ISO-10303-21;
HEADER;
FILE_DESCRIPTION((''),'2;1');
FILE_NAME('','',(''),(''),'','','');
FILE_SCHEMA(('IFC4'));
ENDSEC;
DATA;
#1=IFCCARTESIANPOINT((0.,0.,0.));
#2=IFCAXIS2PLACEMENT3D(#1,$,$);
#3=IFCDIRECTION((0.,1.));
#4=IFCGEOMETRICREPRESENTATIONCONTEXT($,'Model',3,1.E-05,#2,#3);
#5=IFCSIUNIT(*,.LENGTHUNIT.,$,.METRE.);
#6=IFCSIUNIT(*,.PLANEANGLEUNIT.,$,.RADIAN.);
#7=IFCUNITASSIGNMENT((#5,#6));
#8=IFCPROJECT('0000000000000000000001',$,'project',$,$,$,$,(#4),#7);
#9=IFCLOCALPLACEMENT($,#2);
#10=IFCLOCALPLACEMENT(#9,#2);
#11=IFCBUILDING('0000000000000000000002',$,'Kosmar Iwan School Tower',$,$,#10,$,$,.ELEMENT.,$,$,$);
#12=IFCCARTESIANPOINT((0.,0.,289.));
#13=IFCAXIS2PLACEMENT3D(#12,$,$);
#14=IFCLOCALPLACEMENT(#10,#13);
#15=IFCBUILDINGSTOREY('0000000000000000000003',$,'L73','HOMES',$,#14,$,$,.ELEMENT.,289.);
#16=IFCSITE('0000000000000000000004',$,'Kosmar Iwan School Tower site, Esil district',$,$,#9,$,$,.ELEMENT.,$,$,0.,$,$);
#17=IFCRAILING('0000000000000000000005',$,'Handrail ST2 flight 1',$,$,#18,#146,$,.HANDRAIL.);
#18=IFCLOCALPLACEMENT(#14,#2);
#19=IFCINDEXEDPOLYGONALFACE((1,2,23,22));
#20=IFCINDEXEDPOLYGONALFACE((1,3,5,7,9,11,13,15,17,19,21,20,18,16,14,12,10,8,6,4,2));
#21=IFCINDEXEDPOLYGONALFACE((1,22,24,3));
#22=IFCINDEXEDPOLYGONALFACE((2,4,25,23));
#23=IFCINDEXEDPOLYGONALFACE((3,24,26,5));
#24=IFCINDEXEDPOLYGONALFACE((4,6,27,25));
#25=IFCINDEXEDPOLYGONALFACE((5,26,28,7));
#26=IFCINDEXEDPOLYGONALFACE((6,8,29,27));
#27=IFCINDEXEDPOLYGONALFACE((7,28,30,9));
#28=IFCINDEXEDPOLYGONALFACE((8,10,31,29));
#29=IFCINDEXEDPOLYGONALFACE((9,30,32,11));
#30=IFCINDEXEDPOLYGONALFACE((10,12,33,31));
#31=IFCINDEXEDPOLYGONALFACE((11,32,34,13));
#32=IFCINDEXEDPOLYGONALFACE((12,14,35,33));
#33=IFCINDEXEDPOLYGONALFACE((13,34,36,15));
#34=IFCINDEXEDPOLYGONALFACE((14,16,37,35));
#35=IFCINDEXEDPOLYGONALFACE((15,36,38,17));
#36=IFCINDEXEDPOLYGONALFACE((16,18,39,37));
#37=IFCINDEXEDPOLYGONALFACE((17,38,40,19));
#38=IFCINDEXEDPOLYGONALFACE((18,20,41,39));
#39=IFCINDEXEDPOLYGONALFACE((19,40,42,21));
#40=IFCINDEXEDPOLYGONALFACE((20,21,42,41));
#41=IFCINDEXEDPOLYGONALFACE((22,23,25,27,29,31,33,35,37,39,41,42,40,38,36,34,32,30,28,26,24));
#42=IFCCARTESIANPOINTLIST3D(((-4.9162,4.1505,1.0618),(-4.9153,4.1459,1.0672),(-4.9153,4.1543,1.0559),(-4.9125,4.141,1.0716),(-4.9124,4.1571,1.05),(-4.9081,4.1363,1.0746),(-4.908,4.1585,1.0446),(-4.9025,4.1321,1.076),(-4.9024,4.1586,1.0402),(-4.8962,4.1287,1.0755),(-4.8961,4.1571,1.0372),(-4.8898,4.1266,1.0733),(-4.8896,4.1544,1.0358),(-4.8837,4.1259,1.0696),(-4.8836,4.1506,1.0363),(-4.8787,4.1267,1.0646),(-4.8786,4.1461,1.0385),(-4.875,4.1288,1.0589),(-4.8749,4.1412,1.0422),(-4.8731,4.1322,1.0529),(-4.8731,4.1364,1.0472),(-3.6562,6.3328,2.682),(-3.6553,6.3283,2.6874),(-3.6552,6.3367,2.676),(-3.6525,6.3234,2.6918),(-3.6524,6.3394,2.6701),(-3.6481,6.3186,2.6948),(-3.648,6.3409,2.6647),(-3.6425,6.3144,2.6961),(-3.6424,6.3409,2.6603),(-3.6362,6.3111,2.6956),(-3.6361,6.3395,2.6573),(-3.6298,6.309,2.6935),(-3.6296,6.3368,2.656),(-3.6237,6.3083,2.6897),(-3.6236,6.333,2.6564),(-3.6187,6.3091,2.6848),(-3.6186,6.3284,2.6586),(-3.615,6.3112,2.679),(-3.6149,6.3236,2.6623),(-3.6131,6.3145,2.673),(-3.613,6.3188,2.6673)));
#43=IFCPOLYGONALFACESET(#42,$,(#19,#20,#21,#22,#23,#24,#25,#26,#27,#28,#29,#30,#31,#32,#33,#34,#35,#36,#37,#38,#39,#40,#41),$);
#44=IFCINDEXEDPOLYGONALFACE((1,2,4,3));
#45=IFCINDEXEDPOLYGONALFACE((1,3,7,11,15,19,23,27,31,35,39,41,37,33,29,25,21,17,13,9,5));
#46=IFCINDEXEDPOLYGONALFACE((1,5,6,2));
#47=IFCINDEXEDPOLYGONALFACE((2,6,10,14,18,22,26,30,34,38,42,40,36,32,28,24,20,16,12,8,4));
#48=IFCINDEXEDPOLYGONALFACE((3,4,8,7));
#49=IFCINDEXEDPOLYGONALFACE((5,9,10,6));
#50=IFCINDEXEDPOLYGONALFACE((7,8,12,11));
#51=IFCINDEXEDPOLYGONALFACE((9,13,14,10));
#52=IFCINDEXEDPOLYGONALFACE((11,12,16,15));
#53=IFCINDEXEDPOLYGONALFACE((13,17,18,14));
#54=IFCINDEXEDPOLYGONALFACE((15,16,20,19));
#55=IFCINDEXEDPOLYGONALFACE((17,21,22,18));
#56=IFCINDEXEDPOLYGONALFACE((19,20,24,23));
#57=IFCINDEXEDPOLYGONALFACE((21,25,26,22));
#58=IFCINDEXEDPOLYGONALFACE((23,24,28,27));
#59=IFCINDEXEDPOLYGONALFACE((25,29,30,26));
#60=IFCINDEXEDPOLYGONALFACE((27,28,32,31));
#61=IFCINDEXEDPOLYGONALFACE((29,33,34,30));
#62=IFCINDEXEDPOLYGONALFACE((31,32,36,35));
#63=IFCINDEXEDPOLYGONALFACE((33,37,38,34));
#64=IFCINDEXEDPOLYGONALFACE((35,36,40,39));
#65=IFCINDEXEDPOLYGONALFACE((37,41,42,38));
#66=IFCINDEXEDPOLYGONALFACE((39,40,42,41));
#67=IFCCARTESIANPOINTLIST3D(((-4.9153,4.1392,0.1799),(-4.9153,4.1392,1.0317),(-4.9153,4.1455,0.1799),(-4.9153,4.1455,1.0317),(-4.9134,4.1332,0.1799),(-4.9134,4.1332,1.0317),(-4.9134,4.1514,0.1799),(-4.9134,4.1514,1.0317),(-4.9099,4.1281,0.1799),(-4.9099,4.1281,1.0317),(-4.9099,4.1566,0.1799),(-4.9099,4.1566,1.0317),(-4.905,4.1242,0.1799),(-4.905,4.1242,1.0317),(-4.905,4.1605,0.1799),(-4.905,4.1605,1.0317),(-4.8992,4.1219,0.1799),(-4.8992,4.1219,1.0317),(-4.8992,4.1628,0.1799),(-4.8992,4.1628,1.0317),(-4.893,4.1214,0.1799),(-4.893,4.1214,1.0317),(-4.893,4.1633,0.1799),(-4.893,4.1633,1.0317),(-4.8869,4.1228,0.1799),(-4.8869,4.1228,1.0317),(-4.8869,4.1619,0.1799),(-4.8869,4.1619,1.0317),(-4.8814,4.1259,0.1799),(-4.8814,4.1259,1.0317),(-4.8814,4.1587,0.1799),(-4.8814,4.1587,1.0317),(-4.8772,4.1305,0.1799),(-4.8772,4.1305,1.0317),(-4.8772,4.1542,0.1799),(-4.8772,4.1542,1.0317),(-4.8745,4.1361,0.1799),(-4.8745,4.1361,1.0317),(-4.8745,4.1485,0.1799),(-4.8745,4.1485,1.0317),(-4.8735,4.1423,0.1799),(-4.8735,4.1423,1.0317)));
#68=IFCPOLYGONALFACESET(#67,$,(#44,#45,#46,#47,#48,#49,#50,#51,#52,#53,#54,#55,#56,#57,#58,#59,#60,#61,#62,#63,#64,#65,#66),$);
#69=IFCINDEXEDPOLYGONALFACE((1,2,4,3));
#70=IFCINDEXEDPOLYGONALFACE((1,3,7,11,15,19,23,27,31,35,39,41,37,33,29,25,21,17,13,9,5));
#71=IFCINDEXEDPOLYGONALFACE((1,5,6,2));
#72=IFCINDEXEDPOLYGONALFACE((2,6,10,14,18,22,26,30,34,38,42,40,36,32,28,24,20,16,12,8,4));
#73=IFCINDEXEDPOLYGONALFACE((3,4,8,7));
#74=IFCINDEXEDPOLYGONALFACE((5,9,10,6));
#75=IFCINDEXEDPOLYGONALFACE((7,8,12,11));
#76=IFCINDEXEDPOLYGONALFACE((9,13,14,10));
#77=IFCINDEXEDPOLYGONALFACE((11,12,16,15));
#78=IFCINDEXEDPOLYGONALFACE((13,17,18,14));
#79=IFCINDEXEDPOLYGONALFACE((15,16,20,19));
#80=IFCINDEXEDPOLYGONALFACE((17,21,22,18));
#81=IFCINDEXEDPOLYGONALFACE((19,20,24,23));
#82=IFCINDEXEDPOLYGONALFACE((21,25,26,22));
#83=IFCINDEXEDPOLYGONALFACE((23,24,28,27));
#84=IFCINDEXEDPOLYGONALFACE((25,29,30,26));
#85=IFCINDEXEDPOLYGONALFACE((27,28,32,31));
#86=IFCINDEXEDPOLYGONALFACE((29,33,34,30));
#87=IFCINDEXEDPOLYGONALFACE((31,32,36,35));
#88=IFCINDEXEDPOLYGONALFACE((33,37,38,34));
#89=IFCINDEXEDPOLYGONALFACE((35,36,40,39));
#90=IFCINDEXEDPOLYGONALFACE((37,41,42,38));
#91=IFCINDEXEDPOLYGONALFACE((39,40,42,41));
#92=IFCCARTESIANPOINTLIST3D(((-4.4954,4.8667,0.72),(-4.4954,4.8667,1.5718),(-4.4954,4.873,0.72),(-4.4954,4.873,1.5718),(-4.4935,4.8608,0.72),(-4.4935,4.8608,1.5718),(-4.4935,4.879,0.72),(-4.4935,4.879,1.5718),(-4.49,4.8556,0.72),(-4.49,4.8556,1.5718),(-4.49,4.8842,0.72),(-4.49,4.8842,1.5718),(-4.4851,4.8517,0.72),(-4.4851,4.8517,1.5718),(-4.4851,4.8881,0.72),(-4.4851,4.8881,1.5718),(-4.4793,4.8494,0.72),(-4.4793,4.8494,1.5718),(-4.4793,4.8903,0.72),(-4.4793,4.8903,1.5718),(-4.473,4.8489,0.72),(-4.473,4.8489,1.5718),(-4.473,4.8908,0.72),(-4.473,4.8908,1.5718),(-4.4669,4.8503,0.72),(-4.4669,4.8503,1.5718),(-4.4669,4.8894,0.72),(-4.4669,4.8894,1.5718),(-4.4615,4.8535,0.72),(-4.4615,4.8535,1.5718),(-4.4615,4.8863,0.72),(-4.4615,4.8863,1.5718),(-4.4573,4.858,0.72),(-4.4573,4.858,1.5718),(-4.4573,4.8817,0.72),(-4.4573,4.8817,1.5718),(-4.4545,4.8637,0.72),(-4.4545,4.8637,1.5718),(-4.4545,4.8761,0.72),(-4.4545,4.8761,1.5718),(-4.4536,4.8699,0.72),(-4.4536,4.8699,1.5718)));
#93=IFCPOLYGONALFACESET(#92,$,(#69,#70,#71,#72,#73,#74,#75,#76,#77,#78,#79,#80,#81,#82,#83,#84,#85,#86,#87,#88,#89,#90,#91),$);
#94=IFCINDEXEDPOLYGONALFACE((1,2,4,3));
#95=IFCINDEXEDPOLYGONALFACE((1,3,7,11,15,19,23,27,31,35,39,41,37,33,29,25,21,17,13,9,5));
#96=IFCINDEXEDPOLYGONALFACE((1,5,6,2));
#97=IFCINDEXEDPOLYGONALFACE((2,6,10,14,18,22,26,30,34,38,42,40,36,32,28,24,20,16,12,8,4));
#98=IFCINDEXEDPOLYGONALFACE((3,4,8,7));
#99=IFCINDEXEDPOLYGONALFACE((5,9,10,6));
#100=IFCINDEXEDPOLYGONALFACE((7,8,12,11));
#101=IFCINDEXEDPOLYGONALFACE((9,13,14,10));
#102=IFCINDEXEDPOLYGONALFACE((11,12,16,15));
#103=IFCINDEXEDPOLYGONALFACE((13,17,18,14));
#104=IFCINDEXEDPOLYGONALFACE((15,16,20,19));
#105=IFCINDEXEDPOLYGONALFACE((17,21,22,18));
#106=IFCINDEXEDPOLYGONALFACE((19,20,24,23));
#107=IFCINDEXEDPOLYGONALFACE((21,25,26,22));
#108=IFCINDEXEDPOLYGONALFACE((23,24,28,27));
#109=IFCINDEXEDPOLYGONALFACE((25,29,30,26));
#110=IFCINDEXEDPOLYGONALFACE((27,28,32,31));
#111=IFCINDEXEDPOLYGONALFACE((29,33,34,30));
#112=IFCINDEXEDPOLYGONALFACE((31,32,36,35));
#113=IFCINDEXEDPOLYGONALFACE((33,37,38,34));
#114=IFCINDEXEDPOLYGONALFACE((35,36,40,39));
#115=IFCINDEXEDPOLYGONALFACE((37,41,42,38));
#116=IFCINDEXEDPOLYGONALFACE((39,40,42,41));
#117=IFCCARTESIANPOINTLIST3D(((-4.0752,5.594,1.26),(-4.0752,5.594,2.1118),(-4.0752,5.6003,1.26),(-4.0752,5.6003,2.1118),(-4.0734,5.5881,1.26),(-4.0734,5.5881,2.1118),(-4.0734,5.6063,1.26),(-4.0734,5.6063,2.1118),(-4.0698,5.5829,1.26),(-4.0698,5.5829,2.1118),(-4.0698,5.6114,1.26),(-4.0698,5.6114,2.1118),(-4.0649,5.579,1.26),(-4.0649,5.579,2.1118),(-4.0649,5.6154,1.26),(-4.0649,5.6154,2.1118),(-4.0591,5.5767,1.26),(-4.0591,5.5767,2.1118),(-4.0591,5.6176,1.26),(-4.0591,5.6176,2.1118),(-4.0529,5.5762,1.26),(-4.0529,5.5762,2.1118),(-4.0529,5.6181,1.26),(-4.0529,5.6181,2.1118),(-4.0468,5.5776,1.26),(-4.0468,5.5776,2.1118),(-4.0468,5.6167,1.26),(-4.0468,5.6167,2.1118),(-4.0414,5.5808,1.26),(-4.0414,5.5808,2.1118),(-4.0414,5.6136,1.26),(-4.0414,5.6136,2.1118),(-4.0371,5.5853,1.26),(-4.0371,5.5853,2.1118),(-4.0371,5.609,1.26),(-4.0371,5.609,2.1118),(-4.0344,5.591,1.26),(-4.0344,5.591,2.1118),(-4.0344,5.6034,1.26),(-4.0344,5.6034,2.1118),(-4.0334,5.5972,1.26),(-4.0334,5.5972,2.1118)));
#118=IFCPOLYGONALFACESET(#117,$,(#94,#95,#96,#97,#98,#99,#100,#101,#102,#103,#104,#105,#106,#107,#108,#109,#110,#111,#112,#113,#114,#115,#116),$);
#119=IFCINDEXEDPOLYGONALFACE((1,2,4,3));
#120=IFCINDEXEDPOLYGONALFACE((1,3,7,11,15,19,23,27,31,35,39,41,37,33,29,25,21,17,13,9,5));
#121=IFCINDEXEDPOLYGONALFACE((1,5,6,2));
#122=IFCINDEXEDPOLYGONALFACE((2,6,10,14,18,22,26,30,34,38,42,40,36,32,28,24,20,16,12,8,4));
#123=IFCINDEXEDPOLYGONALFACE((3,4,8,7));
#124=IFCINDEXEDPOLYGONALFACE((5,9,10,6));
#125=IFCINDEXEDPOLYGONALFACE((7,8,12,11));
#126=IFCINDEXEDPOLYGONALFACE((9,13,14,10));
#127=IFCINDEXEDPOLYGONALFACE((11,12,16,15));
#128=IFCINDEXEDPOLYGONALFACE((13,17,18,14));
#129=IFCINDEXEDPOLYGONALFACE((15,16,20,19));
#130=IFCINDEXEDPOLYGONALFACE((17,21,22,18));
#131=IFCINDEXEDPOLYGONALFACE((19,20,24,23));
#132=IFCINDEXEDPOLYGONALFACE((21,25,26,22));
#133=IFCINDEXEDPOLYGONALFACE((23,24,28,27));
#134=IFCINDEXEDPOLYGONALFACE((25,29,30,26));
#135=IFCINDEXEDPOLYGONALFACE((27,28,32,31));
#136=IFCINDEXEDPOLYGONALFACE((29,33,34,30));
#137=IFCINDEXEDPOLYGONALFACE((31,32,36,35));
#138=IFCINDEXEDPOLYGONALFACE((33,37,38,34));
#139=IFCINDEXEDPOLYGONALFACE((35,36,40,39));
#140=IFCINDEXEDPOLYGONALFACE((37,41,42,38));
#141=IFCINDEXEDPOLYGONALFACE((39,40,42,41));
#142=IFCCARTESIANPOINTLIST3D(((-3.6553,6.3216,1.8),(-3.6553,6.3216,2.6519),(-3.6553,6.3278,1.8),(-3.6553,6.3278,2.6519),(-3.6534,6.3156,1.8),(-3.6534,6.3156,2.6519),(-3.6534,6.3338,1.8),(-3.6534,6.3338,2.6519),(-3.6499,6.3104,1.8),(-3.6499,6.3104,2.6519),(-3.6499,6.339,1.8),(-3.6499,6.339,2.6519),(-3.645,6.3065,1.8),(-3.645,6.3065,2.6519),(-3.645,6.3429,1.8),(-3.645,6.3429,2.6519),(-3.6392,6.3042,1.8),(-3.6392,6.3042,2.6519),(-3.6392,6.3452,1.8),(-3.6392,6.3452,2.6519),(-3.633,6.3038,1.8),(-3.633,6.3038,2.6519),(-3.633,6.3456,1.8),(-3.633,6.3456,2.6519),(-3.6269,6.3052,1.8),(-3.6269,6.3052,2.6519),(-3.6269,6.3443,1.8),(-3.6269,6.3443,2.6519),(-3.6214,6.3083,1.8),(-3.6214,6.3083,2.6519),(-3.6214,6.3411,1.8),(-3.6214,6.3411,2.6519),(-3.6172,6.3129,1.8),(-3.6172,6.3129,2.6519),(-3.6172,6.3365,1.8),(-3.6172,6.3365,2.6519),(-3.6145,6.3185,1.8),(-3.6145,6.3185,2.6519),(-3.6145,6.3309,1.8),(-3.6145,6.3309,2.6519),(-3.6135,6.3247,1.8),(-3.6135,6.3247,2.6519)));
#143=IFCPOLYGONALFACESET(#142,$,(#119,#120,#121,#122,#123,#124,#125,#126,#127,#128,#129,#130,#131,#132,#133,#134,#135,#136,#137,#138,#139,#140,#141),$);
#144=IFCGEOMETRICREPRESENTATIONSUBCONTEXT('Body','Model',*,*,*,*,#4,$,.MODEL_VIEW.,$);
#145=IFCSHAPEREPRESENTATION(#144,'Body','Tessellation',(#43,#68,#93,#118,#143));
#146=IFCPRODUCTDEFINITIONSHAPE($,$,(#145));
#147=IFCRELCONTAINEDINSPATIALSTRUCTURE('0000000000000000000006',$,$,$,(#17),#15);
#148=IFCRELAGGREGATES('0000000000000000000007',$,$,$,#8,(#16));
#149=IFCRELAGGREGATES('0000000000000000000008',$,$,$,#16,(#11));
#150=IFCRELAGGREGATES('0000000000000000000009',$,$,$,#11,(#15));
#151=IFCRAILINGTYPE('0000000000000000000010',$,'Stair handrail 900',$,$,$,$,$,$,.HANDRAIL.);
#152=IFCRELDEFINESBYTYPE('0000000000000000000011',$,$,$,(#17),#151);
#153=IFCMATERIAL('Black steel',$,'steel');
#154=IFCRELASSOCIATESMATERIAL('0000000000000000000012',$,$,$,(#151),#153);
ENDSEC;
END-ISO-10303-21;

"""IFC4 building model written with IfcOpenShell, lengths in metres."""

from ifc_helpers import new_model, si_unit, direction, frame, origin, origin_2d, place, context, subcontext, project, spatial, circle, extrude, material, type_object, element, save


model = new_model("IFC4")

# Units and contexts
model_context = context("Model", 3, precision=1e-05, world=origin(), true_north=direction((0.0, 1.0)))
body_context = subcontext(model_context, "Body", "Model", "MODEL_VIEW")
ifc_project = project(units=[si_unit("LENGTHUNIT", "METRE"), si_unit("PLANEANGLEUNIT", "RADIAN")], contexts=[model_context])

# Site, building, storey
site_placement = place(None, origin())
site = spatial("IfcSite", under=ifc_project, at=site_placement, Name="Kosmar Iwan School Tower site, Esil district", CompositionType="ELEMENT", RefElevation=0.0)
building_placement = place(site_placement, origin())
building = spatial("IfcBuilding", under=site, at=building_placement, Name="Kosmar Iwan School Tower", CompositionType="ELEMENT")
storey_placement = place(building_placement, frame((0.0, 0.0, 289.0)))
storey = spatial("IfcBuildingStorey", under=building, at=storey_placement, Name="L73", Description="HOMES", CompositionType="ELEMENT", Elevation=289.0)

# Railing
ifc_material_1 = material(Name="Black steel", Category="steel")
railing_type = type_object("IfcRailingType", Name="Stair handrail 900", PredefinedType="HANDRAIL", material=ifc_material_1)
railing_placement = place(storey_placement, frame((-4.8945, 4.1423, 0.1799)))
element("IfcRailing", 1, at=railing_placement, inside=storey, type_object=railing_type, Name="Handrail ST2 flight 1", PredefinedType="HANDRAIL", context=body_context, shape_type="SweptSolid", body=[
    extrude(circle(Radius=0.0239, at=origin_2d()), frame((0.0, 0.0, 0.876), z_axis=(0.420584, 0.728464, 0.540786), x_axis=(-0.866023, 0.500005, 0.0)), (0.0, 0.0, 1.0), 2.9958),
    extrude(circle(Radius=0.021, at=origin_2d()), origin(), (0.0, 0.0, 1.0), 0.8518),
    extrude(circle(Radius=0.021, at=origin_2d()), frame((0.4199, 0.7275, 0.54)), (0.0, 0.0, 1.0), 0.8518),
    extrude(circle(Radius=0.021, at=origin_2d()), frame((0.8401, 1.4548, 1.0801)), (0.0, 0.0, 1.0), 0.8518),
    extrude(circle(Radius=0.021, at=origin_2d()), frame((1.26, 2.1824, 1.6201)), (0.0, 0.0, 1.0), 0.8518),
])

save(model, "model.ifc")
